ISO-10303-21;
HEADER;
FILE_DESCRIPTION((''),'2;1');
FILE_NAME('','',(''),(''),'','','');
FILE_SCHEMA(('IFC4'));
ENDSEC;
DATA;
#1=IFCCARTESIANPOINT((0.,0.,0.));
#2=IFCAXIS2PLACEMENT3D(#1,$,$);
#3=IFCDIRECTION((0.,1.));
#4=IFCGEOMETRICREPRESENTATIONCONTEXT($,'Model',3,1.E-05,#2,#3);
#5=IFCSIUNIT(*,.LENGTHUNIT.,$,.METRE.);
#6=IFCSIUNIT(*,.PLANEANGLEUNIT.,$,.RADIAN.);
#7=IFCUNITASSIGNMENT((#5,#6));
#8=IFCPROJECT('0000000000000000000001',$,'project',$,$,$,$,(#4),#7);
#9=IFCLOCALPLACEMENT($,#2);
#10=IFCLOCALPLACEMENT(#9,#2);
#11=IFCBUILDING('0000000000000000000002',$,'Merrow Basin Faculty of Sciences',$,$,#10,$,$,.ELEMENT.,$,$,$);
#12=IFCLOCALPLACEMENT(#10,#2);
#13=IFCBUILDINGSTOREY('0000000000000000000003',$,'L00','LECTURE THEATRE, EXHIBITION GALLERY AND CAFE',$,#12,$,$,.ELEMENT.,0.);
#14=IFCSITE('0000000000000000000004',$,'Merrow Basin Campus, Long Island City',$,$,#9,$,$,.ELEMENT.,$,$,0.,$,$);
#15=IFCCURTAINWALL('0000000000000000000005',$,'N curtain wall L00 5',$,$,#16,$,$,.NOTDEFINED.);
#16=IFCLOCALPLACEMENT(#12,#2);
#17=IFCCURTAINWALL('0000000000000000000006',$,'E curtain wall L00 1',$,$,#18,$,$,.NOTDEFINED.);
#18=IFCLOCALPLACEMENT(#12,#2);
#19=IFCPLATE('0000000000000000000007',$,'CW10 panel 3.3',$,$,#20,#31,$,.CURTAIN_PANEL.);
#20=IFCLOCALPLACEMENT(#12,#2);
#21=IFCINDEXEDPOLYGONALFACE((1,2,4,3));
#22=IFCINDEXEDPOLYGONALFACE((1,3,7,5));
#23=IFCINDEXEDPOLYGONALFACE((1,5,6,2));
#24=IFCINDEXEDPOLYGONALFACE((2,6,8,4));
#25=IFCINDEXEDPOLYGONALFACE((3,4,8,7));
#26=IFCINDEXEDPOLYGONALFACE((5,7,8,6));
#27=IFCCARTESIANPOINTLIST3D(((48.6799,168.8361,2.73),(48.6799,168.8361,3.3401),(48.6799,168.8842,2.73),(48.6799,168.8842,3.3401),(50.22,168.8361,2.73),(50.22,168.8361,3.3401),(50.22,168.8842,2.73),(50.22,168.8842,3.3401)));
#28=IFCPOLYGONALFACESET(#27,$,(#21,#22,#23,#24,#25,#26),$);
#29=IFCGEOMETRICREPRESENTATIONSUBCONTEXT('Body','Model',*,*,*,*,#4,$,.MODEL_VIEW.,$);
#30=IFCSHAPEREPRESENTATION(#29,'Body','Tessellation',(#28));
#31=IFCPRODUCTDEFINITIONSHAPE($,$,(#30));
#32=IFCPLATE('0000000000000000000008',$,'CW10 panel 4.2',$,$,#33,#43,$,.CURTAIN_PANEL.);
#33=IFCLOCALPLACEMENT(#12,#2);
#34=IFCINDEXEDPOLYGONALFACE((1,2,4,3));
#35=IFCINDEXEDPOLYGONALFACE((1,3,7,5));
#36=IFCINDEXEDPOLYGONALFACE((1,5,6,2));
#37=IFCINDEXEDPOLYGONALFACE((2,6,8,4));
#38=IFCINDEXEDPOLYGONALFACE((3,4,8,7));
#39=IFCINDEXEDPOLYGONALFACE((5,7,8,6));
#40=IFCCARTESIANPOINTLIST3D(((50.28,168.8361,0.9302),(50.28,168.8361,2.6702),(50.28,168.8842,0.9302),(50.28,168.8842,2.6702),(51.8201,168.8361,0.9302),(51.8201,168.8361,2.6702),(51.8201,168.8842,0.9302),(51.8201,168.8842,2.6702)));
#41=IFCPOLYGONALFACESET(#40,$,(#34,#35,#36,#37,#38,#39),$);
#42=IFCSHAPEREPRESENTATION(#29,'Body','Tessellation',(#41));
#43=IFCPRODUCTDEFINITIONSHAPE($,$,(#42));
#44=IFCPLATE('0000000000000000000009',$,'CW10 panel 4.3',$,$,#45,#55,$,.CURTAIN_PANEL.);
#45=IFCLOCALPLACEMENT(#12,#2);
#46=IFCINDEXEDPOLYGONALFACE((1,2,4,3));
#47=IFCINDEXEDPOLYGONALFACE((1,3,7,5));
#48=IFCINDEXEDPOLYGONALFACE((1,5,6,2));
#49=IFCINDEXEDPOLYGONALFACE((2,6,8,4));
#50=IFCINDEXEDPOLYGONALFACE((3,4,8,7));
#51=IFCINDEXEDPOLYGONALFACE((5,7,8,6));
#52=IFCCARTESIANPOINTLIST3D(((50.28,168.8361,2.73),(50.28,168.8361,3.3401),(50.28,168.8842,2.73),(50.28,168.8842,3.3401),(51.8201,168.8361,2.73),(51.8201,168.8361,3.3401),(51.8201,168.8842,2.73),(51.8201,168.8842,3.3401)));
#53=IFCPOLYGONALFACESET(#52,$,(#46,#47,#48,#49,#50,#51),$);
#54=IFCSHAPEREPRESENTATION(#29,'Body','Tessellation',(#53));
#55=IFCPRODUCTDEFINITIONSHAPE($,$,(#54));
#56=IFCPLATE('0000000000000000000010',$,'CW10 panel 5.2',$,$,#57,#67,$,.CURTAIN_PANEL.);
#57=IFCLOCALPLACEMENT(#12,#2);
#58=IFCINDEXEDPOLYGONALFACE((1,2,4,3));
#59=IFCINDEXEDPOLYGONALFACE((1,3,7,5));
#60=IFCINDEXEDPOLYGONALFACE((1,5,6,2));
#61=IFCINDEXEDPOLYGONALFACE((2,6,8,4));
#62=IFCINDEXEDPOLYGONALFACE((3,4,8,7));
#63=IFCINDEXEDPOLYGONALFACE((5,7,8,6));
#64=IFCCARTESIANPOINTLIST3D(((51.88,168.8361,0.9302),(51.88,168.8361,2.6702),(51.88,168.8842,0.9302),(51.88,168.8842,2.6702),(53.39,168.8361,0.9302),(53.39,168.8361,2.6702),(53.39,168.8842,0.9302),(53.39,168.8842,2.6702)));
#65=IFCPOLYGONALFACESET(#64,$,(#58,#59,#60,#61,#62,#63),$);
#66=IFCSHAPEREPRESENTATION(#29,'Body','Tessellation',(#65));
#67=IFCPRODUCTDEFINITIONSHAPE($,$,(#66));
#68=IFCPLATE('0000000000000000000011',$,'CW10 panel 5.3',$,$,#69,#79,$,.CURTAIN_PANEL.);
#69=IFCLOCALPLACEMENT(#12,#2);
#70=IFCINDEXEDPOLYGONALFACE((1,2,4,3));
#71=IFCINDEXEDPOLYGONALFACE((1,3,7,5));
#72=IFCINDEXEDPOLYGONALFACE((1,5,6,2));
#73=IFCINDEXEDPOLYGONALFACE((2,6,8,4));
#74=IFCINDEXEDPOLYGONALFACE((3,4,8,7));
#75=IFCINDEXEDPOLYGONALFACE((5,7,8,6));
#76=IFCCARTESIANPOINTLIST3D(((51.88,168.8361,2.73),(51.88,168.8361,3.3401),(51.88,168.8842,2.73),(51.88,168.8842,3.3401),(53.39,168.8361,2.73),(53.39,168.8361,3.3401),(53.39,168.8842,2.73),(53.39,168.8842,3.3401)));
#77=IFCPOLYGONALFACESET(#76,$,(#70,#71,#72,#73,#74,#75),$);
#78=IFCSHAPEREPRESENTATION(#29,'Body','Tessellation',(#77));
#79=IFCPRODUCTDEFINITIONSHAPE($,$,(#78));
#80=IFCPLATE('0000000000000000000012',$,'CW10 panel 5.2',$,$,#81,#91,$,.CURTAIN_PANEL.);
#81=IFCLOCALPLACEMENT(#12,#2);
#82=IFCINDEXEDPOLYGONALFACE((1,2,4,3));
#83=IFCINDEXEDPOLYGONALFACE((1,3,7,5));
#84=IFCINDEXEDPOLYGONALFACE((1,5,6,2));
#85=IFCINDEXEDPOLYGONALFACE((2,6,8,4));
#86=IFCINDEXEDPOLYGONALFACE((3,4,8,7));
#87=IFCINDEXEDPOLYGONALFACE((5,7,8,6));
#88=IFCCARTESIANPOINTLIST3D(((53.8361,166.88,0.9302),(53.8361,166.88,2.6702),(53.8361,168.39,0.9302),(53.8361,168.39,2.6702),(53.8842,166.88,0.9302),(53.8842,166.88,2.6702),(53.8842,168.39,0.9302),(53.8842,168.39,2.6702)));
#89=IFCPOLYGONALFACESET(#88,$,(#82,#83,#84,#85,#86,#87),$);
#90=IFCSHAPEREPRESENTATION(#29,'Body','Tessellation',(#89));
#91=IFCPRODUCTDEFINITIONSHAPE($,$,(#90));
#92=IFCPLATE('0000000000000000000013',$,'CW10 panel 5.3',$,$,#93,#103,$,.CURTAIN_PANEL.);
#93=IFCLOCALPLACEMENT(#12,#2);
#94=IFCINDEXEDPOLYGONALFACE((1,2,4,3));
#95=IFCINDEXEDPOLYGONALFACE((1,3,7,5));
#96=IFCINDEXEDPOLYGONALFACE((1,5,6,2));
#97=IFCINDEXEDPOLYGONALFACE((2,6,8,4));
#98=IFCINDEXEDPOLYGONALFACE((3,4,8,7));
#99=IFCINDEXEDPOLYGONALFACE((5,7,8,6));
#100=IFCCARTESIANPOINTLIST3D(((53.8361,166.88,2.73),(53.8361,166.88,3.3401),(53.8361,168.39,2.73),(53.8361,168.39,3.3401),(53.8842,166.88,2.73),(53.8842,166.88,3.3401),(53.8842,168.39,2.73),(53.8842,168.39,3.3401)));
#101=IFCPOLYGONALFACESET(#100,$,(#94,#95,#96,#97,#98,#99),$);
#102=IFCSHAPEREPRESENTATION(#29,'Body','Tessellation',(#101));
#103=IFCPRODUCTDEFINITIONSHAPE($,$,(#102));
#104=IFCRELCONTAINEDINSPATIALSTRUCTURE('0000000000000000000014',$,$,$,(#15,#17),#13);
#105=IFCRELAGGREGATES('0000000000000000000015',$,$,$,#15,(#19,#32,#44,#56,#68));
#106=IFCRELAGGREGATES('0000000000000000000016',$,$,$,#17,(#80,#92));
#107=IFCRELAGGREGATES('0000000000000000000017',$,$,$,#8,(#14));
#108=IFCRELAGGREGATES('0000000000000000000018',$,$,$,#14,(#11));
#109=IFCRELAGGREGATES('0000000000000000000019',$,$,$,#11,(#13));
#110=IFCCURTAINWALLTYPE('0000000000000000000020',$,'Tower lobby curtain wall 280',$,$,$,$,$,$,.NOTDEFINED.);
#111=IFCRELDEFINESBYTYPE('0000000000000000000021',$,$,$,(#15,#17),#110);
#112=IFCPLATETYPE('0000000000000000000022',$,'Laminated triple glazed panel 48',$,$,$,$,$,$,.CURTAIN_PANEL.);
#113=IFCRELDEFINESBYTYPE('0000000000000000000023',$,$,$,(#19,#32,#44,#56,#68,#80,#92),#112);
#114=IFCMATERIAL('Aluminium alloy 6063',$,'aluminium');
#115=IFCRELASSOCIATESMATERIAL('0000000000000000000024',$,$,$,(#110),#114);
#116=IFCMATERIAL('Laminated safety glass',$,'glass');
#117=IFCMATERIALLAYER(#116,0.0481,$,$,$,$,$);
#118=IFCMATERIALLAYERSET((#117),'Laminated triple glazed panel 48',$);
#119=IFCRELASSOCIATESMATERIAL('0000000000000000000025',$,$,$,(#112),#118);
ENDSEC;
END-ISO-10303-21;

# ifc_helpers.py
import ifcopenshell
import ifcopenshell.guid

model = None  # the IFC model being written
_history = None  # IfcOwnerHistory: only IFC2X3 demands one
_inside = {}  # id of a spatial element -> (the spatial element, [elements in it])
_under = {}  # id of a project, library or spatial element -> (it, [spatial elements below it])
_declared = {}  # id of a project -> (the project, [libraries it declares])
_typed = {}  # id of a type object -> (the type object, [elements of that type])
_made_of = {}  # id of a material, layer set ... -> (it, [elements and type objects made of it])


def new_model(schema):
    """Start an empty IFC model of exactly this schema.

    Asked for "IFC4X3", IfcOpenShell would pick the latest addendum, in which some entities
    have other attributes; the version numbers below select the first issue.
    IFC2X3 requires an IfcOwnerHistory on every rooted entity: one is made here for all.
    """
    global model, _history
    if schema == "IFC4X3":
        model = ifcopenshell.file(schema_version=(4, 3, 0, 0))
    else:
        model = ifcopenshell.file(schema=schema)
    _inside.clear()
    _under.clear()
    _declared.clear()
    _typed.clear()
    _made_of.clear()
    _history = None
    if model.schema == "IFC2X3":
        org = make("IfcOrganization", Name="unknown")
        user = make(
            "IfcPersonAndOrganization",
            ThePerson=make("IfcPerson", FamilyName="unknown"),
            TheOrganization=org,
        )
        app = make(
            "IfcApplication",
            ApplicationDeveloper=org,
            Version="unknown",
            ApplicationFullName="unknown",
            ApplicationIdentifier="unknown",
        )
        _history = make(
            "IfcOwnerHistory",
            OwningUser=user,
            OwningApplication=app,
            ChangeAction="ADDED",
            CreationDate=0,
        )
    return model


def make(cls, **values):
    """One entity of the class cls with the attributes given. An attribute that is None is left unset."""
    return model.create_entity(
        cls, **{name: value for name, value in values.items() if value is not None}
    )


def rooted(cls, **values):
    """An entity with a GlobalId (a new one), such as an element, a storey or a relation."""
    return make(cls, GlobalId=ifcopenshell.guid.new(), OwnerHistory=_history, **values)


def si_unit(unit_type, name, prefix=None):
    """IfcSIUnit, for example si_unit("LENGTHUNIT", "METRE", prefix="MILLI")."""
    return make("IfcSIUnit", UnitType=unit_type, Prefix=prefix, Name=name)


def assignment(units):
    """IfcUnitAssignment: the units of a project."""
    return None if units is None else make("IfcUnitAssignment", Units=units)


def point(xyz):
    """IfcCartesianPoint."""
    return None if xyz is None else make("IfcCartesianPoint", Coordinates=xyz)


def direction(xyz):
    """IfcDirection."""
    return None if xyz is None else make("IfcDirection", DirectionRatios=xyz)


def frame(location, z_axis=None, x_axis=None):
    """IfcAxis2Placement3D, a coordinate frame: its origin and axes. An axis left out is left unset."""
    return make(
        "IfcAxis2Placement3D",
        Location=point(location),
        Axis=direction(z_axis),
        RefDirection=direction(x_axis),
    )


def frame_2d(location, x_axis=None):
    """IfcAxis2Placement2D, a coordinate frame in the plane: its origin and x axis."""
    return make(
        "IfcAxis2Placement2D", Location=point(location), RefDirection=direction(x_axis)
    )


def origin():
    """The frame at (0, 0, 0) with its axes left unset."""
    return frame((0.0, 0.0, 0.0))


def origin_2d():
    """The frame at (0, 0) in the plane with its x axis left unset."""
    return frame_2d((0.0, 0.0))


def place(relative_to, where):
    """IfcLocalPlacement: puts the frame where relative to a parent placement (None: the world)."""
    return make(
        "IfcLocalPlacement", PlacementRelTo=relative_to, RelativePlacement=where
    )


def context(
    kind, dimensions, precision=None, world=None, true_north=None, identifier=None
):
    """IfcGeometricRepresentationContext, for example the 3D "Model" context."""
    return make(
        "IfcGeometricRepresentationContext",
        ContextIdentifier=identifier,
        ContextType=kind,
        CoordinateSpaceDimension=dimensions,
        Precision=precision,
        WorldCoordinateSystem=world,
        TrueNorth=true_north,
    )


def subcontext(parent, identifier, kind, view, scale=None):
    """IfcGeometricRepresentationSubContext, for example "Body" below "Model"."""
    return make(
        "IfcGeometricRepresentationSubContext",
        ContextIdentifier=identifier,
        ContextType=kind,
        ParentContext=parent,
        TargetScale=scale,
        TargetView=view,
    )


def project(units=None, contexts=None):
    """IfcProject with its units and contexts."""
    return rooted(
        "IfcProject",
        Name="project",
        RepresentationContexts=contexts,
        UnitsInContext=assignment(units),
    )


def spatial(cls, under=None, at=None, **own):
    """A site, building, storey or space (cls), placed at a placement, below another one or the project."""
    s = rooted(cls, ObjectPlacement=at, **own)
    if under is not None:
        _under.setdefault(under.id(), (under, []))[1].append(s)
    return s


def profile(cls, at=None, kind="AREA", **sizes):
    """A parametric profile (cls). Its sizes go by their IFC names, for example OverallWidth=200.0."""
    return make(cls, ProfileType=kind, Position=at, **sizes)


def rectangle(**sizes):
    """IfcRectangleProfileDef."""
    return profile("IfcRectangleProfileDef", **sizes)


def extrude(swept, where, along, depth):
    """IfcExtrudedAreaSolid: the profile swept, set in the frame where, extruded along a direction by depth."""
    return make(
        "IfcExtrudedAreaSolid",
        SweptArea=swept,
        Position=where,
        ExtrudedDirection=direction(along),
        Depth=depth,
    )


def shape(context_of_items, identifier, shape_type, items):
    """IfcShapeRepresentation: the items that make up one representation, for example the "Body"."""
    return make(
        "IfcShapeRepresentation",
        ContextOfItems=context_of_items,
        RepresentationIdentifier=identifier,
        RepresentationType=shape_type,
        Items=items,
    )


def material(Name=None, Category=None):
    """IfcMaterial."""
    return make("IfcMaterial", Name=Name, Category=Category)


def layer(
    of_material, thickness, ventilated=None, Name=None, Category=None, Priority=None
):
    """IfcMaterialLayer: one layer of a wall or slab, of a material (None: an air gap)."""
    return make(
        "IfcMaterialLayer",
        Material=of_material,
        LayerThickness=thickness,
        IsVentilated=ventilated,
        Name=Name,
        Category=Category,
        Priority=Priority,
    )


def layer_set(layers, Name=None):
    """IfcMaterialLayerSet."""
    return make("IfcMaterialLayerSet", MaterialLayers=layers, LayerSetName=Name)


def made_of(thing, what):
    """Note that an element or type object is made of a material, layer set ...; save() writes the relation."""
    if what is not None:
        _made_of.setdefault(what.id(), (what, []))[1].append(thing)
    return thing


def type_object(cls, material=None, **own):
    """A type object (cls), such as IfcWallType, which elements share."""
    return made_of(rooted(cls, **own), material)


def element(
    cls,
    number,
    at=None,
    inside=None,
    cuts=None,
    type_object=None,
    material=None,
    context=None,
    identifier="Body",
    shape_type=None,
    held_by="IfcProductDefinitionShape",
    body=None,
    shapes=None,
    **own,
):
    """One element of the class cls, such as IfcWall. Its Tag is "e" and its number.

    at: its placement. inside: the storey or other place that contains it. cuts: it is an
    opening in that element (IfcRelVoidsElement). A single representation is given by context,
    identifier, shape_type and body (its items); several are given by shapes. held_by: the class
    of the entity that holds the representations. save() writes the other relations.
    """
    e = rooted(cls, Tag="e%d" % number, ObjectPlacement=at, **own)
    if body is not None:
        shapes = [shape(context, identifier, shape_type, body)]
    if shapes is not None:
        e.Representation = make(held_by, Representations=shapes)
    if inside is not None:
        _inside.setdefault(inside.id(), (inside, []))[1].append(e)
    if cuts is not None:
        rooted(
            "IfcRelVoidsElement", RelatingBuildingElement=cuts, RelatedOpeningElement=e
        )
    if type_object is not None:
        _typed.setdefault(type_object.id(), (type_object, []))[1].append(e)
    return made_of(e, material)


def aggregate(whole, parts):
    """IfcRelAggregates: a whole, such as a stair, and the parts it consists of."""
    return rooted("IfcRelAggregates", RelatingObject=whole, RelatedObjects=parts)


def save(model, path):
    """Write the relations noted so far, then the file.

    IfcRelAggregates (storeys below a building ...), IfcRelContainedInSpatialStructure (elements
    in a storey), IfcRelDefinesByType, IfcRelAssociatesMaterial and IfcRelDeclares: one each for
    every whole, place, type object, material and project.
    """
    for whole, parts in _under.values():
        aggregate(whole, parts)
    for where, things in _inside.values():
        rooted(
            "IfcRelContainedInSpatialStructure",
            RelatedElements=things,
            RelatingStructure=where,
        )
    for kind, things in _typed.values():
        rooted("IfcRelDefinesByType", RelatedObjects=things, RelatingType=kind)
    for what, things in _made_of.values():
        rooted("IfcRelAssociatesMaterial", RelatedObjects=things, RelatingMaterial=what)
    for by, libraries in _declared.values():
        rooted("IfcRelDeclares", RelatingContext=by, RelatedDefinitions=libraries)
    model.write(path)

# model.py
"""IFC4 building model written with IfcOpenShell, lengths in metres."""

from ifc_helpers import new_model, si_unit, direction, frame, origin, origin_2d, place, context, subcontext, project, spatial, rectangle, extrude, material, layer, layer_set, type_object, element, aggregate, save


model = new_model("IFC4")

# Units and contexts
model_context = context("Model", 3, precision=1e-05, world=origin(), true_north=direction((0.0, 1.0)))
body_context = subcontext(model_context, "Body", "Model", "MODEL_VIEW")
ifc_project = project(units=[si_unit("LENGTHUNIT", "METRE"), si_unit("PLANEANGLEUNIT", "RADIAN")], contexts=[model_context])

# Site, building, storey
site_placement = place(None, origin())
site = spatial("IfcSite", under=ifc_project, at=site_placement, Name="Merrow Basin Campus, Long Island City", CompositionType="ELEMENT", RefElevation=0.0)
building_placement = place(site_placement, origin())
building = spatial("IfcBuilding", under=site, at=building_placement, Name="Merrow Basin Faculty of Sciences", CompositionType="ELEMENT")
storey_placement = place(building_placement, origin())
storey = spatial("IfcBuildingStorey", under=building, at=storey_placement, Name="L00", Description="LECTURE THEATRE, EXHIBITION GALLERY AND CAFE", CompositionType="ELEMENT", Elevation=0.0)

# Curtain wall
ifc_material_1 = material(Name="Aluminium alloy 6063", Category="aluminium")
curtain_wall_type = type_object("IfcCurtainWallType", Name="Tower lobby curtain wall 280", PredefinedType="NOTDEFINED", material=ifc_material_1)
curtain_wall_1_placement = place(storey_placement, origin())
curtain_wall_1 = element("IfcCurtainWall", 1, at=curtain_wall_1_placement, inside=storey, type_object=curtain_wall_type, Name="N curtain wall L00 5", PredefinedType="NOTDEFINED")

# Curtain wall
curtain_wall_2_placement = place(storey_placement, origin())
curtain_wall_2 = element("IfcCurtainWall", 2, at=curtain_wall_2_placement, inside=storey, type_object=curtain_wall_type, Name="E curtain wall L00 1", PredefinedType="NOTDEFINED")

# Plates
ifc_material_2 = material(Name="Laminated safety glass", Category="glass")
ifc_layer_1 = layer(ifc_material_2, 0.0481)
ifc_layer_set_1 = layer_set([ifc_layer_1], Name="Laminated triple glazed panel 48")
plate_type_1 = type_object("IfcPlateType", Name="Laminated triple glazed panel 48", PredefinedType="CURTAIN_PANEL", material=ifc_layer_set_1)
plate_1_placement = place(storey_placement, frame((49.45, 168.8601, 2.73), z_axis=(0.0, 0.0, 1.0), x_axis=(1.0, 0.0, 0.0)))
plate_1 = element("IfcPlate", 3, at=plate_1_placement, type_object=plate_type_1, Name="CW10 panel 3.3", PredefinedType="CURTAIN_PANEL", context=body_context, shape_type="SweptSolid", body=[
    extrude(rectangle(XDim=1.54, YDim=0.0481, at=origin_2d()), origin(), (0.0, 0.0, 1.0), 0.6101),
])
plate_2_placement = place(storey_placement, frame((51.05, 168.8601, 0.9302), z_axis=(0.0, 0.0, 1.0), x_axis=(1.0, 0.0, 0.0)))
plate_2 = element("IfcPlate", 4, at=plate_2_placement, type_object=plate_type_1, Name="CW10 panel 4.2", PredefinedType="CURTAIN_PANEL", context=body_context, shape_type="SweptSolid", body=[
    extrude(rectangle(XDim=1.54, YDim=0.0481, at=origin_2d()), origin(), (0.0, 0.0, 1.0), 1.74),
])
plate_3_placement = place(storey_placement, frame((51.05, 168.8601, 2.73), z_axis=(0.0, 0.0, 1.0), x_axis=(1.0, 0.0, 0.0)))
plate_3 = element("IfcPlate", 5, at=plate_3_placement, type_object=plate_type_1, Name="CW10 panel 4.3", PredefinedType="CURTAIN_PANEL", context=body_context, shape_type="SweptSolid", body=[
    extrude(rectangle(XDim=1.54, YDim=0.0481, at=origin_2d()), origin(), (0.0, 0.0, 1.0), 0.6101),
])
plate_4_placement = place(storey_placement, frame((52.635, 168.8601, 0.9302), z_axis=(0.0, 0.0, 1.0), x_axis=(1.0, 0.0, 0.0)))
plate_4 = element("IfcPlate", 6, at=plate_4_placement, type_object=plate_type_1, Name="CW10 panel 5.2", PredefinedType="CURTAIN_PANEL", context=body_context, shape_type="SweptSolid", body=[
    extrude(rectangle(XDim=1.51, YDim=0.0481, at=origin_2d()), origin(), (0.0, 0.0, 1.0), 1.74),
])
plate_5_placement = place(storey_placement, frame((52.635, 168.8601, 2.73), z_axis=(0.0, 0.0, 1.0), x_axis=(1.0, 0.0, 0.0)))
plate_5 = element("IfcPlate", 7, at=plate_5_placement, type_object=plate_type_1, Name="CW10 panel 5.3", PredefinedType="CURTAIN_PANEL", context=body_context, shape_type="SweptSolid", body=[
    extrude(rectangle(XDim=1.51, YDim=0.0481, at=origin_2d()), origin(), (0.0, 0.0, 1.0), 0.6101),
])
aggregate(curtain_wall_1, [plate_1, plate_2, plate_3, plate_4, plate_5])
plate_6_placement = place(storey_placement, frame((53.8601, 167.635, 0.9302), z_axis=(0.0, 0.0, 1.0), x_axis=(0.0, 1.0, 0.0)))
plate_6 = element("IfcPlate", 8, at=plate_6_placement, type_object=plate_type_1, Name="CW10 panel 5.2", PredefinedType="CURTAIN_PANEL", context=body_context, shape_type="SweptSolid", body=[
    extrude(rectangle(XDim=1.51, YDim=0.0481, at=origin_2d()), origin(), (0.0, 0.0, 1.0), 1.74),
])
plate_7_placement = place(storey_placement, frame((53.8601, 167.635, 2.73), z_axis=(0.0, 0.0, 1.0), x_axis=(0.0, 1.0, 0.0)))
plate_7 = element("IfcPlate", 9, at=plate_7_placement, type_object=plate_type_1, Name="CW10 panel 5.3", PredefinedType="CURTAIN_PANEL", context=body_context, shape_type="SweptSolid", body=[
    extrude(rectangle(XDim=1.51, YDim=0.0481, at=origin_2d()), origin(), (0.0, 0.0, 1.0), 0.6101),
])
aggregate(curtain_wall_2, [plate_6, plate_7])

save(model, "model.ifc")
